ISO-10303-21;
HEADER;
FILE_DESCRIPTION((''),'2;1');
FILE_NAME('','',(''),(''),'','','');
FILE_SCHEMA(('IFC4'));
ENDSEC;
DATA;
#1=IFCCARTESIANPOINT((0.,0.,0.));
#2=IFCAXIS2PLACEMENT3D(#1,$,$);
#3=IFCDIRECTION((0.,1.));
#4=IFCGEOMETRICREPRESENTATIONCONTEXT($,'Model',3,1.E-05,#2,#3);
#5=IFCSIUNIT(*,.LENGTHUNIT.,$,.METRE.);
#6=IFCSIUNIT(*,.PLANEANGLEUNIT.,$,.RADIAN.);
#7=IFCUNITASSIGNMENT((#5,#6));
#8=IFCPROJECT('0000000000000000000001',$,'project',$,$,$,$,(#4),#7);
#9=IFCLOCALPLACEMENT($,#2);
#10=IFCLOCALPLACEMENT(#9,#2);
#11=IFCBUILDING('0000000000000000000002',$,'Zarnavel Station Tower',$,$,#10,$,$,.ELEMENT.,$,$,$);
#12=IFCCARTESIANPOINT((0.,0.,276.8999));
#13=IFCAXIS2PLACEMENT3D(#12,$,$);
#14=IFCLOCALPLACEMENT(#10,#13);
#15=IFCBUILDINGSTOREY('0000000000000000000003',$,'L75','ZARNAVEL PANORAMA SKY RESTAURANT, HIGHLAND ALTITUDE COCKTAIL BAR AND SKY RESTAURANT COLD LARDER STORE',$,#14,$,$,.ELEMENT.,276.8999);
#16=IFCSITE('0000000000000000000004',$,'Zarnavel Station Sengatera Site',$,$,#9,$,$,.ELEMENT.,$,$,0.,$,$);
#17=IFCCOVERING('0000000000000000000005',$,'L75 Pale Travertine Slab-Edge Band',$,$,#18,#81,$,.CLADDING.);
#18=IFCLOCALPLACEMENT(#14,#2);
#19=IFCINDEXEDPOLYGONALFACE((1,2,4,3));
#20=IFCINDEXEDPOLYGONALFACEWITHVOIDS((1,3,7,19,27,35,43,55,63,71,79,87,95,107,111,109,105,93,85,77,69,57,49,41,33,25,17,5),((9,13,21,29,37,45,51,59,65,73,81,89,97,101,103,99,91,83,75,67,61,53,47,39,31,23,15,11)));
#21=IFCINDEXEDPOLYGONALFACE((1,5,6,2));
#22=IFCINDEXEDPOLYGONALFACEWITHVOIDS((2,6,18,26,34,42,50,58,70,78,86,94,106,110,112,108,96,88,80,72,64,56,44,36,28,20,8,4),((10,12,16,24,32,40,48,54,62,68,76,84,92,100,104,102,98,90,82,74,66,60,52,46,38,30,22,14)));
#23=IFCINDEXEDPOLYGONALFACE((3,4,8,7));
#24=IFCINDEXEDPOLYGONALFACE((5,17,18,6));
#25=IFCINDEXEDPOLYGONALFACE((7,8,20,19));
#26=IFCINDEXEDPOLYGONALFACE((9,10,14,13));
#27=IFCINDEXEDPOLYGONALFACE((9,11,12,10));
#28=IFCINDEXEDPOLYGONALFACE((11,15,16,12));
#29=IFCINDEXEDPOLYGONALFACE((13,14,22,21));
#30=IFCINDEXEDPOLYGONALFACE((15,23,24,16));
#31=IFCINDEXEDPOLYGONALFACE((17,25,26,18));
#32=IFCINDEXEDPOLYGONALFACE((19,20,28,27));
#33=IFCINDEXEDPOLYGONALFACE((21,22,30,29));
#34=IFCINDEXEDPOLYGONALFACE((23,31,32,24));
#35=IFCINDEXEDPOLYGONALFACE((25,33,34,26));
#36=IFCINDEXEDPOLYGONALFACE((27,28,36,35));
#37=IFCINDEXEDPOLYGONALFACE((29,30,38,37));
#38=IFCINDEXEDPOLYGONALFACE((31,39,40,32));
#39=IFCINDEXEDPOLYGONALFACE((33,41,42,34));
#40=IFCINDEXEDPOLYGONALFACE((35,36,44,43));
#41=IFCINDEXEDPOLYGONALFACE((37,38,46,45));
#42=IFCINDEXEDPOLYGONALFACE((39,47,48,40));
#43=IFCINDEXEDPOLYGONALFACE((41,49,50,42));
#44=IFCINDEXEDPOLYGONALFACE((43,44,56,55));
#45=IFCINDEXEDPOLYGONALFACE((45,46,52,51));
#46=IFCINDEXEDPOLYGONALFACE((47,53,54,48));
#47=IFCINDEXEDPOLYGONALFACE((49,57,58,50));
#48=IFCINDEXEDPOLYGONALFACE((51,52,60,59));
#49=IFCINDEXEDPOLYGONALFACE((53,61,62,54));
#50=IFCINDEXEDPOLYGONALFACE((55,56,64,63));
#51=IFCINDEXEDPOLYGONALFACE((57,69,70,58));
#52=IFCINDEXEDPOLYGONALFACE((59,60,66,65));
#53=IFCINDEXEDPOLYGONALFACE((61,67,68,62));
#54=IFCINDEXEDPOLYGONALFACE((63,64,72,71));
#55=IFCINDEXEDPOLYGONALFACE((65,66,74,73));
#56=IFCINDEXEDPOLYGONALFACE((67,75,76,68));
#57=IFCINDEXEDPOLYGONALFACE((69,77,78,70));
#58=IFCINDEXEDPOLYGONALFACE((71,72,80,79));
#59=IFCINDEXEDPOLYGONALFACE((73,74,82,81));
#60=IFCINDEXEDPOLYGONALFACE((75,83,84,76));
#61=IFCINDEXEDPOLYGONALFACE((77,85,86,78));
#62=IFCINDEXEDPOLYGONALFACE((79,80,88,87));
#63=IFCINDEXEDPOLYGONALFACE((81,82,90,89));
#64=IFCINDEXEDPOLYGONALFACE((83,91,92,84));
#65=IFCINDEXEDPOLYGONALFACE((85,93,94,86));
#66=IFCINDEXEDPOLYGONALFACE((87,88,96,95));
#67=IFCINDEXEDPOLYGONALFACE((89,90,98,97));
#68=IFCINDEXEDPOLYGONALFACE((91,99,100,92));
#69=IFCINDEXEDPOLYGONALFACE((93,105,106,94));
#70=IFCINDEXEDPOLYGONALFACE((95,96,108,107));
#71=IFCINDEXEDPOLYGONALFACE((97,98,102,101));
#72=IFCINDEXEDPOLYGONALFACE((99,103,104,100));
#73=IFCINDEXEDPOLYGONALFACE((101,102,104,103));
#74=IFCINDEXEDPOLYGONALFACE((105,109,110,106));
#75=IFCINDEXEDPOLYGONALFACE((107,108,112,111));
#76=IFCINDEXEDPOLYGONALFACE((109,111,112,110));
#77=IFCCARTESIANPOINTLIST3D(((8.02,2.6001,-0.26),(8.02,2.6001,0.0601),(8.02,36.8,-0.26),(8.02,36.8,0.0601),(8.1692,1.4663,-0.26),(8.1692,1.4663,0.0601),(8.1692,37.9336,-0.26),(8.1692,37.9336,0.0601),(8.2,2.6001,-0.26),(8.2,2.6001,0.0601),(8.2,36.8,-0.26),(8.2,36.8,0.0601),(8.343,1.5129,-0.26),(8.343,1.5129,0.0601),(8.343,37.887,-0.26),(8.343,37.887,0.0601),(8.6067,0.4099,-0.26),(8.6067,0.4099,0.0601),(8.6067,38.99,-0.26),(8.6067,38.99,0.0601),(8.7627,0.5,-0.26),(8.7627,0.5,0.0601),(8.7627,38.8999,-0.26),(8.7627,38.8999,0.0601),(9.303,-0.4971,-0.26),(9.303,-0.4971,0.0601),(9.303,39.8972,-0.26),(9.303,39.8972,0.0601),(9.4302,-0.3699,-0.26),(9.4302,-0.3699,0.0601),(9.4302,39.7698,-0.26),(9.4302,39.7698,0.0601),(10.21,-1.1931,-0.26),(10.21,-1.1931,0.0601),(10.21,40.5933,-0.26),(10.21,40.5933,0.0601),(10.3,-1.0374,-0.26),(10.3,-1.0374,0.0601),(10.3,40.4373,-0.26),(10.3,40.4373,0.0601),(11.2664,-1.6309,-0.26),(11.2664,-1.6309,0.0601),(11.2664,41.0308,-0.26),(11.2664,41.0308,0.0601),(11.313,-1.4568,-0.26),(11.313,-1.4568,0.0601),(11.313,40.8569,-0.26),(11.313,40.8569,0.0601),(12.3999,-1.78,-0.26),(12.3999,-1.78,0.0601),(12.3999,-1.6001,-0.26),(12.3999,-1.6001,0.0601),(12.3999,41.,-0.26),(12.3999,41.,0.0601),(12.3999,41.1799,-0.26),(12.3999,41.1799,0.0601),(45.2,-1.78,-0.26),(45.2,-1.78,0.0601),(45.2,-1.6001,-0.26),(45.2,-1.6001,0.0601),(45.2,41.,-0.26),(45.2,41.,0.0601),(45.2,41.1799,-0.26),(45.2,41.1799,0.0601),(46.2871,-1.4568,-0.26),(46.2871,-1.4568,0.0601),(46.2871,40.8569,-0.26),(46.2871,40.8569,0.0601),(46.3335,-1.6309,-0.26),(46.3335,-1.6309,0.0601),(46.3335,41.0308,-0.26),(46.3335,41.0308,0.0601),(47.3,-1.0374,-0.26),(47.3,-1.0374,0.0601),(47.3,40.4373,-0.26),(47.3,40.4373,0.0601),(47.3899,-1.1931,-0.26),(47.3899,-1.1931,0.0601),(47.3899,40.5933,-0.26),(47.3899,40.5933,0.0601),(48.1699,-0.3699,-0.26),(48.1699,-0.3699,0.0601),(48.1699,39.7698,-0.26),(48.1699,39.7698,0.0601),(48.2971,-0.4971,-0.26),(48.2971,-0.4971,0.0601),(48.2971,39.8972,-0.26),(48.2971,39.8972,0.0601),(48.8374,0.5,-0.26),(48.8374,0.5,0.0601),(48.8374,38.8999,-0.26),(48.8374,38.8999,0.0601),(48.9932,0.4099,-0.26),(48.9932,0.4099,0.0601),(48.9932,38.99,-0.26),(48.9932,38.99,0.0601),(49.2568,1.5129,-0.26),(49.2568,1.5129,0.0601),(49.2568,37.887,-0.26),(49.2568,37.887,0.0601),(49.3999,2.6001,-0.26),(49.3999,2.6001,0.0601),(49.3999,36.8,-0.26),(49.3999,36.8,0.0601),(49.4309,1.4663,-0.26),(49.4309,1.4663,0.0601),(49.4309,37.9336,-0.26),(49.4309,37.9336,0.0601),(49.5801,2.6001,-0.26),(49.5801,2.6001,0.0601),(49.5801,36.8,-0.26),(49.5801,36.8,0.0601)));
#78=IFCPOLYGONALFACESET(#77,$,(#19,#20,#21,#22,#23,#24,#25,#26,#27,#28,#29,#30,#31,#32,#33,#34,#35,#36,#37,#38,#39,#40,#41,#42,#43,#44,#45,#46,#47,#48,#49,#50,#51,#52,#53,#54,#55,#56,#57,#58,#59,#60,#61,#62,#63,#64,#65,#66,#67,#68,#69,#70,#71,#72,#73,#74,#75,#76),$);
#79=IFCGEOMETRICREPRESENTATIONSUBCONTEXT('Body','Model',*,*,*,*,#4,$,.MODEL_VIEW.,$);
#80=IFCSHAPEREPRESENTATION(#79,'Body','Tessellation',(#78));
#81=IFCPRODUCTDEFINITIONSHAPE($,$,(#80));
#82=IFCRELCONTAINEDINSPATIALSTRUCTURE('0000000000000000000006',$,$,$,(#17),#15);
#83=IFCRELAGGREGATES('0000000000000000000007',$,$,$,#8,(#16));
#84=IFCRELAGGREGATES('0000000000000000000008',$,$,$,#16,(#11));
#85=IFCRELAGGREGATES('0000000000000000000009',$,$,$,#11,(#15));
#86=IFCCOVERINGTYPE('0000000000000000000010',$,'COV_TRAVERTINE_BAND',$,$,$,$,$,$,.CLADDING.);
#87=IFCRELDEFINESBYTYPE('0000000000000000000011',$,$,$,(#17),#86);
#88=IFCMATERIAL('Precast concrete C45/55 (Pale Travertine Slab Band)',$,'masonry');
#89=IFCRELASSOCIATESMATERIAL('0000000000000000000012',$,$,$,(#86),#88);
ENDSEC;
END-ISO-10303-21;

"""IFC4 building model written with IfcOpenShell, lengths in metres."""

from ifc_helpers import new_model, si_unit, direction, frame, origin, place, context, subcontext, project, spatial, polyline, outline, extrude, material, type_object, element, save


model = new_model("IFC4")

# Units and contexts
model_context = context("Model", 3, precision=1e-05, world=origin(), true_north=direction((0.0, 1.0)))
body_context = subcontext(model_context, "Body", "Model", "MODEL_VIEW")
ifc_project = project(units=[si_unit("LENGTHUNIT", "METRE"), si_unit("PLANEANGLEUNIT", "RADIAN")], contexts=[model_context])

# Site, building, storey
site_placement = place(None, origin())
site = spatial("IfcSite", under=ifc_project, at=site_placement, Name="Zarnavel Station Sengatera Site", CompositionType="ELEMENT", RefElevation=0.0)
building_placement = place(site_placement, origin())
building = spatial("IfcBuilding", under=site, at=building_placement, Name="Zarnavel Station Tower", CompositionType="ELEMENT")
storey_placement = place(building_placement, frame((0.0, 0.0, 276.8999)))
storey = spatial("IfcBuildingStorey", under=building, at=storey_placement, Name="L75", Description="ZARNAVEL PANORAMA SKY RESTAURANT, HIGHLAND ALTITUDE COCKTAIL BAR AND SKY RESTAURANT COLD LARDER STORE", CompositionType="ELEMENT", Elevation=276.8999)

# Covering
ifc_material_1 = material(Name="Precast concrete C45/55 (Pale Travertine Slab Band)", Category="masonry")
covering_type_1 = type_object("IfcCoveringType", Name="COV_TRAVERTINE_BAND", PredefinedType="CLADDING", material=ifc_material_1)
covering_1_placement = place(storey_placement, frame((0.0, 0.0, -0.26)))
element("IfcCovering", 1, at=covering_1_placement, inside=storey, type_object=covering_type_1, Name="L75 Pale Travertine Slab-Edge Band", PredefinedType="CLADDING", context=body_context, shape_type="SweptSolid", body=[
    extrude(outline(polyline([(45.2, -1.78), (46.3335, -1.6309), (47.3899, -1.1931), (48.2971, -0.4971), (48.9932, 0.4099), (49.4309, 1.4663), (49.5801, 2.6001), (49.5801, 36.8), (49.4309, 37.9336), (48.9932, 38.99), (48.2971, 39.8972), (47.3899, 40.5933), (46.3335, 41.0308), (45.2, 41.1799), (12.3999, 41.1799), (11.2664, 41.0308), (10.21, 40.5933), (9.303, 39.8972), (8.6067, 38.99), (8.1692, 37.9336), (8.02, 36.8), (8.02, 2.6001), (8.1692, 1.4663), (8.6067, 0.4099), (9.303, -0.4971), (10.21, -1.1931), (11.2664, -1.6309), (12.3999, -1.78), (45.2, -1.78)]), holes=[polyline([(45.2, -1.6001), (46.2871, -1.4568), (47.3, -1.0374), (48.1699, -0.3699), (48.8374, 0.5), (49.2568, 1.5129), (49.3999, 2.6001), (49.3999, 36.8), (49.2568, 37.887), (48.8374, 38.8999), (48.1699, 39.7698), (47.3, 40.4373), (46.2871, 40.8569), (45.2, 41.0), (12.3999, 41.0), (11.313, 40.8569), (10.3, 40.4373), (9.4302, 39.7698), (8.7627, 38.8999), (8.343, 37.887), (8.2, 36.8), (8.2, 2.6001), (8.343, 1.5129), (8.7627, 0.5), (9.4302, -0.3699), (10.3, -1.0374), (11.313, -1.4568), (12.3999, -1.6001), (45.2, -1.6001)])]), origin(), (0.0, 0.0, 1.0), 0.3201),
])

save(model, "model.ifc")
